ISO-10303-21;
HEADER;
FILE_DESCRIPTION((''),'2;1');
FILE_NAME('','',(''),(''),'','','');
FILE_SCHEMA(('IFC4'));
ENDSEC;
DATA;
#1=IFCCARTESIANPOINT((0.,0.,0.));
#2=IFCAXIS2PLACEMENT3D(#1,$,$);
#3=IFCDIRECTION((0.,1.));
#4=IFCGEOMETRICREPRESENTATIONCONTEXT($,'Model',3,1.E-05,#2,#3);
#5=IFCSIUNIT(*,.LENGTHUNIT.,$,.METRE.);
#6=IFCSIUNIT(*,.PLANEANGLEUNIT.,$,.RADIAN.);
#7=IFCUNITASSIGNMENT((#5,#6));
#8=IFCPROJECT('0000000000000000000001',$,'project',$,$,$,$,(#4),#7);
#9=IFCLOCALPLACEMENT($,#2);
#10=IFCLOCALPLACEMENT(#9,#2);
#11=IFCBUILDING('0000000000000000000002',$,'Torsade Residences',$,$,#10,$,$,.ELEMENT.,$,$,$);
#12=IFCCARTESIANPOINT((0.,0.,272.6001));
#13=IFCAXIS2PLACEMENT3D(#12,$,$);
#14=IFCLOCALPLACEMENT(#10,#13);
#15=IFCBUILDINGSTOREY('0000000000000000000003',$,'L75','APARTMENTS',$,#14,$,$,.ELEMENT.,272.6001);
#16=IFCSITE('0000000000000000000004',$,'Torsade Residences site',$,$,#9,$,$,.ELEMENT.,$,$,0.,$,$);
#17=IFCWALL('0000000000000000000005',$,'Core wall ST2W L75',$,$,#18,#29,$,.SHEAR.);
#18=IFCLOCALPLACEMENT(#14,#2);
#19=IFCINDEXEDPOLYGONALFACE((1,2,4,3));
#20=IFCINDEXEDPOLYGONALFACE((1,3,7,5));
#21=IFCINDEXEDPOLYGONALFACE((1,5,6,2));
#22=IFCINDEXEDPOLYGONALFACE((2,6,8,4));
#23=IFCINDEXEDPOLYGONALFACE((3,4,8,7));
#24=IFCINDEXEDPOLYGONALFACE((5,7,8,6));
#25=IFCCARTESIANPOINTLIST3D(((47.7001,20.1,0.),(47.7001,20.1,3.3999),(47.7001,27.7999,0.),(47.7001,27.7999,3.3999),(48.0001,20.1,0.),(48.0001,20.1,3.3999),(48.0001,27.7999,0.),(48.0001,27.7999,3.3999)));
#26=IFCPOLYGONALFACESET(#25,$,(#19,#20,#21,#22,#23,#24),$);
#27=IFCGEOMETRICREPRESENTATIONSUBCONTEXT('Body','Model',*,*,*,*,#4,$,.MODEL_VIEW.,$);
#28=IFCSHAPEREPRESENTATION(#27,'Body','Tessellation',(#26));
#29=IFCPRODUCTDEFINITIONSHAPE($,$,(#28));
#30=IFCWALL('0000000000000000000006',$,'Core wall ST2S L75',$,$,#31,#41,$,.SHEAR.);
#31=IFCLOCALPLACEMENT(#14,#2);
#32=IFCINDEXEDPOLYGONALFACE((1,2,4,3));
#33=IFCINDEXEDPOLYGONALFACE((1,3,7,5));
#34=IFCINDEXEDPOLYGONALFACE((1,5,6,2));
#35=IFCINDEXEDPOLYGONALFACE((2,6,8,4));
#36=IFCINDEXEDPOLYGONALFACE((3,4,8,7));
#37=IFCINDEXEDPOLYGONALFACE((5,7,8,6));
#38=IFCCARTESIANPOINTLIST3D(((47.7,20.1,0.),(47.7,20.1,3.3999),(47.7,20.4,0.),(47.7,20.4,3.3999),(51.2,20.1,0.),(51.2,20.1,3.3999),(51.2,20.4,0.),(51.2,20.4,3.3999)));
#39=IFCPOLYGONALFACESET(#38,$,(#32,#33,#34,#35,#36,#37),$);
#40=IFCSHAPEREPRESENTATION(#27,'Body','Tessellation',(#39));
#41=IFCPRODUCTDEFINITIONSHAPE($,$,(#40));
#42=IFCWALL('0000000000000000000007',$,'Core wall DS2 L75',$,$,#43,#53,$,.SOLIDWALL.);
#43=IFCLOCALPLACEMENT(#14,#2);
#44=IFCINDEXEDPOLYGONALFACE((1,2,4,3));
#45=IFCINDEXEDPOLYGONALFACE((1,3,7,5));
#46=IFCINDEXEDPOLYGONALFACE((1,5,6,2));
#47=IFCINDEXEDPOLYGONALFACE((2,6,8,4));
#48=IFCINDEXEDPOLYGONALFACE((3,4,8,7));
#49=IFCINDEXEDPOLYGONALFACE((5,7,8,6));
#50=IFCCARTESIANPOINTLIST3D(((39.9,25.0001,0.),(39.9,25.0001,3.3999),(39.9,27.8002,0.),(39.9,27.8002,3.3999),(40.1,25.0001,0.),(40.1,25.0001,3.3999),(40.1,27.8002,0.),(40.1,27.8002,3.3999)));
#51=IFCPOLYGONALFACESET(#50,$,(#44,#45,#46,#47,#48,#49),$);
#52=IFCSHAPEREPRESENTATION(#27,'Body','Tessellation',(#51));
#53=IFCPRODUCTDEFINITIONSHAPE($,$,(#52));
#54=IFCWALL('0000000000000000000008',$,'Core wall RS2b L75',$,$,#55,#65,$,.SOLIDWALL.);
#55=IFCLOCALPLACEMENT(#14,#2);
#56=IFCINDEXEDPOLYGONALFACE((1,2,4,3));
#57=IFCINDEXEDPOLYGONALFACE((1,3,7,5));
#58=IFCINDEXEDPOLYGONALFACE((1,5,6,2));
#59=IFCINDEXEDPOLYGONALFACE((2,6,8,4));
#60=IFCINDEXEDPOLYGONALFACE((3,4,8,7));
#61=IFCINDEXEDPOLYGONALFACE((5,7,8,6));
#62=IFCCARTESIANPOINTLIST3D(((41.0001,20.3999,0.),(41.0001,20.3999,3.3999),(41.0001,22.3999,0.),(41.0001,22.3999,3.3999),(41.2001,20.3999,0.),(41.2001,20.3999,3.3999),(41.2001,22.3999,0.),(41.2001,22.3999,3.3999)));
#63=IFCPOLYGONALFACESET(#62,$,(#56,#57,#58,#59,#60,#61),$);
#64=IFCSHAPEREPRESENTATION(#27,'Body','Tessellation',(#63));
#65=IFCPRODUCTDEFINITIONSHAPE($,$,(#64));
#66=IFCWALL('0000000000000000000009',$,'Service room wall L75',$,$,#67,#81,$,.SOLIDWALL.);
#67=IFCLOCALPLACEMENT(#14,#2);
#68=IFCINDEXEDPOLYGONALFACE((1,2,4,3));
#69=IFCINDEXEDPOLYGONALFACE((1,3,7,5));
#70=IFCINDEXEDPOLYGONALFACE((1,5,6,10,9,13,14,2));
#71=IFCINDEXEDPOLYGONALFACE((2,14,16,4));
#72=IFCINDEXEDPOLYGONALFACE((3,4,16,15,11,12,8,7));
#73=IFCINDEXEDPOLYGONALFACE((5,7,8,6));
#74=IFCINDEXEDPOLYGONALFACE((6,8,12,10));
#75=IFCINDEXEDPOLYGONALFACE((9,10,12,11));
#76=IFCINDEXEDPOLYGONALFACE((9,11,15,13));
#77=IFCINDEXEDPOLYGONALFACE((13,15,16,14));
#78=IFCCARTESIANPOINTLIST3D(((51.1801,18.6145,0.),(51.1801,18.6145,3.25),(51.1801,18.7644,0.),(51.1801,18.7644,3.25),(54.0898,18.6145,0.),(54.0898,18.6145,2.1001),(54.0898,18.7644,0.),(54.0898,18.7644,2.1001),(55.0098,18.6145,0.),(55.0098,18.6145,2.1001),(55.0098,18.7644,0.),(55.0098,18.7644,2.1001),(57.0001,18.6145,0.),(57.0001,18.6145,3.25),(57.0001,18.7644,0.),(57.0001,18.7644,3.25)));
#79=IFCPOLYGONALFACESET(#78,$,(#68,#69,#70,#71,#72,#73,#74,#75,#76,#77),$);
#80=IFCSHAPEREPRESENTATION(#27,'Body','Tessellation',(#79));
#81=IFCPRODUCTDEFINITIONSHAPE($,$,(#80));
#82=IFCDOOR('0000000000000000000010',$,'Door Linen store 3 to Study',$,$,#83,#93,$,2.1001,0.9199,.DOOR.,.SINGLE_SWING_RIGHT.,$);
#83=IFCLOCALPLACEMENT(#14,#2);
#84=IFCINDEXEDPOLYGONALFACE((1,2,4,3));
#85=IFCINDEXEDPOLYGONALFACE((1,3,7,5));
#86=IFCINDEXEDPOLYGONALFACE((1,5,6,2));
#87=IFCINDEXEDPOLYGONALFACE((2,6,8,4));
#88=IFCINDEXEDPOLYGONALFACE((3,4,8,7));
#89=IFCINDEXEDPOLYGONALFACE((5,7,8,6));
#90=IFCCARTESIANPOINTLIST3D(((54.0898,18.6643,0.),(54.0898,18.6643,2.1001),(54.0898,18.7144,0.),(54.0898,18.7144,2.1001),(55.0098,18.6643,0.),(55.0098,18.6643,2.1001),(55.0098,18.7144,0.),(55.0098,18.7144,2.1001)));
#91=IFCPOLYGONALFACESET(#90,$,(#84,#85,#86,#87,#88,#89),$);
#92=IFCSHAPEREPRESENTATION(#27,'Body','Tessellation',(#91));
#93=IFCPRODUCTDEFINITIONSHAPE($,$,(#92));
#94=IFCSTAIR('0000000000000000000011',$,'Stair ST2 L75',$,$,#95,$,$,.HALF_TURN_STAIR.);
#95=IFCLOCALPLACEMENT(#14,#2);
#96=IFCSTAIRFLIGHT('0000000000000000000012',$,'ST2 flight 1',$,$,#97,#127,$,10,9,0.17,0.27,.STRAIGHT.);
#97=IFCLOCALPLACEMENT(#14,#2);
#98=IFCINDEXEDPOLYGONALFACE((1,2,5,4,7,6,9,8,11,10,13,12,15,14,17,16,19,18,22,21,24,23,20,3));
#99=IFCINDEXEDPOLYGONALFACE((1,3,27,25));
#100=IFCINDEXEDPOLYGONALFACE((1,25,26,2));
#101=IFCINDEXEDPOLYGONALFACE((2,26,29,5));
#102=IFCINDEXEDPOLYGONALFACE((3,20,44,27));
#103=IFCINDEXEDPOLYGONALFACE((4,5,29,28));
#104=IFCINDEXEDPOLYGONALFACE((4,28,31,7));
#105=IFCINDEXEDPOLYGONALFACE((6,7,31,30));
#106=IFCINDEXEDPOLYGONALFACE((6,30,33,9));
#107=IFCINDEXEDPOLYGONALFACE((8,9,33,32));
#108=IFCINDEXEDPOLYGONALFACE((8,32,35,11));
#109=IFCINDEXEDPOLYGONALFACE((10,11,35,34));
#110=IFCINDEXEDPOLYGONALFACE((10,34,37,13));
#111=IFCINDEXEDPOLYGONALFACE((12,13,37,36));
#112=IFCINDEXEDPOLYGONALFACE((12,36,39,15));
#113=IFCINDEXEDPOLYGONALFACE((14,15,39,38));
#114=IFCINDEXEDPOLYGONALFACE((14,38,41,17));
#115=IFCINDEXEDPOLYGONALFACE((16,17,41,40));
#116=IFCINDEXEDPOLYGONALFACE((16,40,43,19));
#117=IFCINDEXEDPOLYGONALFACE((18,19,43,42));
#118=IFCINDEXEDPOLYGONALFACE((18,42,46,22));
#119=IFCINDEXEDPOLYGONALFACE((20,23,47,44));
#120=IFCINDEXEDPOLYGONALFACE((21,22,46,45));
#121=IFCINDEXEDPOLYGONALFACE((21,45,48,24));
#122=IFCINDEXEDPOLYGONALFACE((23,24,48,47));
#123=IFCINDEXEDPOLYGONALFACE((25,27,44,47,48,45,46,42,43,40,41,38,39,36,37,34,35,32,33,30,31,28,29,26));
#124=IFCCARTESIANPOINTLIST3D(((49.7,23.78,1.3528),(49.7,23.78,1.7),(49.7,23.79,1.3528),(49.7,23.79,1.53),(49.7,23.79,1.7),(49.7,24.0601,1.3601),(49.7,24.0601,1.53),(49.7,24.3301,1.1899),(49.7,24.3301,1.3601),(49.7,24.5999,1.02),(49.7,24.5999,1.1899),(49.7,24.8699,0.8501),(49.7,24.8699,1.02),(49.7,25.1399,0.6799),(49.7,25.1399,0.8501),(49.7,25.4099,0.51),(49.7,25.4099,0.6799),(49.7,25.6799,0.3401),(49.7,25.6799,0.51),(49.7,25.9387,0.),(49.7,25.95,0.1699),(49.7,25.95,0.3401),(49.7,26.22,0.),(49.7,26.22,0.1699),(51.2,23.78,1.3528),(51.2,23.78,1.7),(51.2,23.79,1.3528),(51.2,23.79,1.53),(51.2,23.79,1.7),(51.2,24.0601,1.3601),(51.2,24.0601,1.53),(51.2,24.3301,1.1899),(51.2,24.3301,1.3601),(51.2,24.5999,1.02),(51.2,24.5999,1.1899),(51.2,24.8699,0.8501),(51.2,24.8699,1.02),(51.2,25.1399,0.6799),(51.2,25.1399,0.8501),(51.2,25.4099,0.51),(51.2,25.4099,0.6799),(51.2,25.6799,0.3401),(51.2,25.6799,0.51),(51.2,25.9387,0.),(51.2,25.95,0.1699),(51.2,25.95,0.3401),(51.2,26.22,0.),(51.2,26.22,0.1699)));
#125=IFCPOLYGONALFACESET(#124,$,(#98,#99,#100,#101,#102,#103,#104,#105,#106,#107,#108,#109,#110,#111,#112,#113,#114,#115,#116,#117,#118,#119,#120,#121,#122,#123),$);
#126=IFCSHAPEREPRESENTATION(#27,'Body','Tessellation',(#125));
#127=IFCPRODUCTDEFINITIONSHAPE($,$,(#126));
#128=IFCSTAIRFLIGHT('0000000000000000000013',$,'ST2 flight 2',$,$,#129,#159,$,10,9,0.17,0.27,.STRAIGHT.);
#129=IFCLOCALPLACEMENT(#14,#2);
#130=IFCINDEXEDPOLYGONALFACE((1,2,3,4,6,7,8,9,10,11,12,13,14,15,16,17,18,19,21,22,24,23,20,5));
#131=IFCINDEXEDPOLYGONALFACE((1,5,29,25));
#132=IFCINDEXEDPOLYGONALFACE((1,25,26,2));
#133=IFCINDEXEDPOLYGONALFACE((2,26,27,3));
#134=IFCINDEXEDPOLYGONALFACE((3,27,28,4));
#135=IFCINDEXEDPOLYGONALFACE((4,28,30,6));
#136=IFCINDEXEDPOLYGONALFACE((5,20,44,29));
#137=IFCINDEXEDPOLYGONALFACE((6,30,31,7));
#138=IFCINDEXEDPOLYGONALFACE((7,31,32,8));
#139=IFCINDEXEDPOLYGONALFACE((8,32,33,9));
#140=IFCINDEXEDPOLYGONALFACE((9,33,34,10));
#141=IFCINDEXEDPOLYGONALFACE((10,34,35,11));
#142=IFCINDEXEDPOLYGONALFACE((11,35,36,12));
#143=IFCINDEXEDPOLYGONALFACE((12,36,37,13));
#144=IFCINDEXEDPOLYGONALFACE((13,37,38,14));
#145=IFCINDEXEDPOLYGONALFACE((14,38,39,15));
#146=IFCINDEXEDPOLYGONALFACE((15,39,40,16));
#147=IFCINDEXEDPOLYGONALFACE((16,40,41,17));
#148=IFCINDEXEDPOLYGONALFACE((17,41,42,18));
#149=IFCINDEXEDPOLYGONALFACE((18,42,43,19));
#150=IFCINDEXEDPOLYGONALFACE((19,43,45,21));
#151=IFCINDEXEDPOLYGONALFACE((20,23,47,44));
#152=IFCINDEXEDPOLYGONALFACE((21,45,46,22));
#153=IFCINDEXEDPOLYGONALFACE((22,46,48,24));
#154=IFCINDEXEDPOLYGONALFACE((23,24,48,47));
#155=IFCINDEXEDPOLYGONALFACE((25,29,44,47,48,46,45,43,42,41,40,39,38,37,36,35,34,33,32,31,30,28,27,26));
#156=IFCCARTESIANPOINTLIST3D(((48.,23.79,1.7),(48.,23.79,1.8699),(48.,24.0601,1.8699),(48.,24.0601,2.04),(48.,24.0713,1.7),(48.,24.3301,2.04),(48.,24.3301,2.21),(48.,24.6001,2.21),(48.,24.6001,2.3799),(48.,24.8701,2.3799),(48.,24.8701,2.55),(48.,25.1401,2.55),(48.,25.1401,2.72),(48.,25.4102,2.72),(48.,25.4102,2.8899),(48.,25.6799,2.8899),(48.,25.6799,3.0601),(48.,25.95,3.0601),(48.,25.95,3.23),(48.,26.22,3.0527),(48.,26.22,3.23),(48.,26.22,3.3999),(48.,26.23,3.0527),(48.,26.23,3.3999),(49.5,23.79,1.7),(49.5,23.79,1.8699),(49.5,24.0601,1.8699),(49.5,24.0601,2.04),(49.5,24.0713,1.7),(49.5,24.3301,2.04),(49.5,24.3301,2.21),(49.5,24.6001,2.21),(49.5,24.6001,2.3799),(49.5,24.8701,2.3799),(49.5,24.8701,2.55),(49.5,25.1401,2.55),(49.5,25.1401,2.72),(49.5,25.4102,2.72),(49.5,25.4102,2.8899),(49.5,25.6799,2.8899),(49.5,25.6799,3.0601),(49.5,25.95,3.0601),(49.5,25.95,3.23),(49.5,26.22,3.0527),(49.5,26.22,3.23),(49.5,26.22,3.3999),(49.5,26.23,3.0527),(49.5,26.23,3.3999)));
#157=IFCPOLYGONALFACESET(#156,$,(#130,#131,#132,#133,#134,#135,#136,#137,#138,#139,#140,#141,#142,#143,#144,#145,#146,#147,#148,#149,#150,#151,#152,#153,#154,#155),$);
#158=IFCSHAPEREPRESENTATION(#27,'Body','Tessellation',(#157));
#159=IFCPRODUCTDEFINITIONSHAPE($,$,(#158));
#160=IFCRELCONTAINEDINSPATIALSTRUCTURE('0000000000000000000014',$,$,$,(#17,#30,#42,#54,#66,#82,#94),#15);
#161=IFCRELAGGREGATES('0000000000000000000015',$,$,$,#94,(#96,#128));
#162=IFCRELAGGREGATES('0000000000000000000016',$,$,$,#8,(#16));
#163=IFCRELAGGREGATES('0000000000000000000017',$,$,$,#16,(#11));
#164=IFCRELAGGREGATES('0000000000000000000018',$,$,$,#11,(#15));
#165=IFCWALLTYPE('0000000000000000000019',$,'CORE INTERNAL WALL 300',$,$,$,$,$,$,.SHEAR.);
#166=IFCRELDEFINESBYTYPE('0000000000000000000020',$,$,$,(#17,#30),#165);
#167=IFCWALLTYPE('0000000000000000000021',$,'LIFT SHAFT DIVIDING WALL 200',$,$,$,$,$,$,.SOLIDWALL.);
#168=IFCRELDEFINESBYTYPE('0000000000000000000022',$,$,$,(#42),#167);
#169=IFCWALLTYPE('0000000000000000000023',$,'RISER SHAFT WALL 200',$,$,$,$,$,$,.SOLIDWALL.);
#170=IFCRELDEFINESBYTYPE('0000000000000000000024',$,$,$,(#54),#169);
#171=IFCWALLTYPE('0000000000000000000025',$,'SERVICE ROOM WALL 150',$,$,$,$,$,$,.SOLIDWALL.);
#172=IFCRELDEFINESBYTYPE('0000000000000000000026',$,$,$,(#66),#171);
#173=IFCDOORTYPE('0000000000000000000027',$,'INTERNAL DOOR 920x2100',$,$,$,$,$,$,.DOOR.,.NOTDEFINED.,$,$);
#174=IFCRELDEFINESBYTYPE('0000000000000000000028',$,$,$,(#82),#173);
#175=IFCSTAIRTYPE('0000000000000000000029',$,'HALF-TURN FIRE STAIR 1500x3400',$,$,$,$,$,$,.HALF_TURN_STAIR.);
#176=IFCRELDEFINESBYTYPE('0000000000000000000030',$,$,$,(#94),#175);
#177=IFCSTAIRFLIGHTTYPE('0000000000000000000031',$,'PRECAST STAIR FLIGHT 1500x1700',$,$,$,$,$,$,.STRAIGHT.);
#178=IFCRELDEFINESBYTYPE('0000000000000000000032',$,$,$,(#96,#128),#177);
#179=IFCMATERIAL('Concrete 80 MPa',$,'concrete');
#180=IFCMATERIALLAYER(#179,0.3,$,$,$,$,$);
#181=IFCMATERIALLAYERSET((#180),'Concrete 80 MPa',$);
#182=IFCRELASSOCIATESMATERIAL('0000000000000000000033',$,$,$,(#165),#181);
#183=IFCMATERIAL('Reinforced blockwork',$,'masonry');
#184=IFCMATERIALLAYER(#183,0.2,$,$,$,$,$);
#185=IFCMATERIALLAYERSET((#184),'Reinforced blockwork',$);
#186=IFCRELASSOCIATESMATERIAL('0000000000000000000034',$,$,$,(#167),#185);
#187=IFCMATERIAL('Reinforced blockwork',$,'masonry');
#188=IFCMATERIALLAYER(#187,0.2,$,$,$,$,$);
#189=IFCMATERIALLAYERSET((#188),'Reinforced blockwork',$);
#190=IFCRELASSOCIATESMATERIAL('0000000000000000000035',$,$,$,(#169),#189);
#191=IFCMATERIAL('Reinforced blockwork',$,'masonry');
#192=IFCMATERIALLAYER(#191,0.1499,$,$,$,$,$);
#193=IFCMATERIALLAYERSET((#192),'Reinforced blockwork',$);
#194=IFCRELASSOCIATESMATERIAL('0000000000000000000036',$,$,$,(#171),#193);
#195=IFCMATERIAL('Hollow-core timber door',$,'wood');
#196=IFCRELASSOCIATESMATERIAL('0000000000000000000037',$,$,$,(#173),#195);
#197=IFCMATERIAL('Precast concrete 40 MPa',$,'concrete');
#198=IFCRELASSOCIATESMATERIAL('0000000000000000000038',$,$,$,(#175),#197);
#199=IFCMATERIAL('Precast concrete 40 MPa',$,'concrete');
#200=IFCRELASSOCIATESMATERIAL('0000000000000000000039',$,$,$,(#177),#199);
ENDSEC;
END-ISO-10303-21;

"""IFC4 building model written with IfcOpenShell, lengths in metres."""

from ifc_helpers import new_model, si_unit, direction, frame, frame_2d, origin, place, context, subcontext, project, spatial, polyline, rectangle, outline, extrude, material, layer, layer_set, type_object, element, fill, aggregate, save


model = new_model("IFC4")

# Units and contexts
model_context = context("Model", 3, precision=1e-05, world=origin(), true_north=direction((0.0, 1.0)))
body_context = subcontext(model_context, "Body", "Model", "MODEL_VIEW")
ifc_project = project(units=[si_unit("LENGTHUNIT", "METRE"), si_unit("PLANEANGLEUNIT", "RADIAN")], contexts=[model_context])

# Site, building, storey
site_placement = place(None, origin())
site = spatial("IfcSite", under=ifc_project, at=site_placement, Name="Torsade Residences site", CompositionType="ELEMENT", RefElevation=0.0)
building_placement = place(site_placement, origin())
building = spatial("IfcBuilding", under=site, at=building_placement, Name="Torsade Residences", CompositionType="ELEMENT")
storey_placement = place(building_placement, frame((0.0, 0.0, 272.6001)))
storey = spatial("IfcBuildingStorey", under=building, at=storey_placement, Name="L75", Description="APARTMENTS", CompositionType="ELEMENT", Elevation=272.6001)

# Shared definitions
ifc_material_1 = material(Name="Concrete 80 MPa", Category="concrete")
ifc_layer_1 = layer(ifc_material_1, 0.3)
ifc_layer_set_1 = layer_set([ifc_layer_1], Name="Concrete 80 MPa")
wall_type_1 = type_object("IfcWallType", Name="CORE INTERNAL WALL 300", PredefinedType="SHEAR", material=ifc_layer_set_1)

# Walls
wall_1_placement = place(storey_placement, frame((47.8501, 27.8, 0.0), z_axis=(0.0, 0.0, 1.0), x_axis=(0.0, -1.0, 0.0)))
element("IfcWall", 1, at=wall_1_placement, inside=storey, type_object=wall_type_1, Name="Core wall ST2W L75", PredefinedType="SHEAR", context=body_context, shape_type="SweptSolid", body=[
    extrude(rectangle(XDim=7.7, YDim=0.3, at=frame_2d((3.8501, 0.0))), origin(), (0.0, 0.0, 1.0), 3.3999),
])
wall_2_placement = place(storey_placement, frame((51.2, 20.25, 0.0), z_axis=(0.0, 0.0, 1.0), x_axis=(-1.0, 0.0, 0.0)))
element("IfcWall", 2, at=wall_2_placement, inside=storey, type_object=wall_type_1, Name="Core wall ST2S L75", PredefinedType="SHEAR", context=body_context, shape_type="SweptSolid", body=[
    extrude(rectangle(XDim=3.5, YDim=0.3, at=frame_2d((1.75, 0.0))), origin(), (0.0, 0.0, 1.0), 3.3999),
])
ifc_material_2 = material(Name="Reinforced blockwork", Category="masonry")
ifc_layer_2 = layer(ifc_material_2, 0.2)
ifc_layer_set_2 = layer_set([ifc_layer_2], Name="Reinforced blockwork")
wall_type_2 = type_object("IfcWallType", Name="LIFT SHAFT DIVIDING WALL 200", PredefinedType="SOLIDWALL", material=ifc_layer_set_2)
wall_3_placement = place(storey_placement, frame((40.0, 27.8, 0.0), z_axis=(0.0, 0.0, 1.0), x_axis=(0.0, -1.0, 0.0)))
element("IfcWall", 3, at=wall_3_placement, inside=storey, type_object=wall_type_2, Name="Core wall DS2 L75", PredefinedType="SOLIDWALL", context=body_context, shape_type="SweptSolid", body=[
    extrude(rectangle(XDim=2.8, YDim=0.2, at=frame_2d((1.3999, 0.0))), origin(), (0.0, 0.0, 1.0), 3.3999),
])
ifc_material_3 = material(Name="Reinforced blockwork", Category="masonry")
ifc_layer_3 = layer(ifc_material_3, 0.2)
ifc_layer_set_3 = layer_set([ifc_layer_3], Name="Reinforced blockwork")
wall_type_3 = type_object("IfcWallType", Name="RISER SHAFT WALL 200", PredefinedType="SOLIDWALL", material=ifc_layer_set_3)
wall_4_placement = place(storey_placement, frame((41.1001, 22.3999, 0.0), z_axis=(0.0, 0.0, 1.0), x_axis=(0.0, -1.0, 0.0)))
element("IfcWall", 4, at=wall_4_placement, inside=storey, type_object=wall_type_3, Name="Core wall RS2b L75", PredefinedType="SOLIDWALL", context=body_context, shape_type="SweptSolid", body=[
    extrude(rectangle(XDim=2.0, YDim=0.2, at=frame_2d((1.0, 0.0))), origin(), (0.0, 0.0, 1.0), 3.3999),
])

# Wall, opening, door
ifc_material_4 = material(Name="Reinforced blockwork", Category="masonry")
ifc_layer_4 = layer(ifc_material_4, 0.1499)
ifc_layer_set_4 = layer_set([ifc_layer_4], Name="Reinforced blockwork")
wall_type_4 = type_object("IfcWallType", Name="SERVICE ROOM WALL 150", PredefinedType="SOLIDWALL", material=ifc_layer_set_4)
wall_5_placement = place(storey_placement, frame((51.1799, 18.6895, 0.0), z_axis=(0.0, 0.0, 1.0), x_axis=(1.0, 0.0, 0.0)))
wall_5 = element("IfcWall", 5, at=wall_5_placement, inside=storey, type_object=wall_type_4, Name="Service room wall L75", PredefinedType="SOLIDWALL", context=body_context, shape_type="SweptSolid", body=[
    extrude(rectangle(XDim=5.8201, YDim=0.1499, at=frame_2d((2.9102, 0.0))), origin(), (0.0, 0.0, 1.0), 3.25),
])
opening_1_placement = place(wall_5_placement, frame((2.9099, 0.0, 0.0)))
opening_1 = element("IfcOpeningElement", 6, at=opening_1_placement, cuts=wall_5, PredefinedType="OPENING", context=body_context, shape_type="SweptSolid", body=[
    extrude(rectangle(XDim=0.9199, YDim=2.1001, at=frame_2d((0.46, 1.05))), frame((0.0, 0.085, 0.0), z_axis=(0.0, -1.0, 0.0), x_axis=(1.0, 0.0, 0.0)), (0.0, 0.0, 1.0), 0.1699),
])
ifc_material_5 = material(Name="Hollow-core timber door", Category="wood")
door_type_1 = type_object("IfcDoorType", Name="INTERNAL DOOR 920x2100", OperationType="NOTDEFINED", PredefinedType="DOOR", material=ifc_material_5)
door_1_placement = place(opening_1_placement, origin())
door_1 = element("IfcDoor", 7, at=door_1_placement, inside=storey, type_object=door_type_1, Name="Door Linen store 3 to Study", OperationType="SINGLE_SWING_RIGHT", OverallHeight=2.1001, OverallWidth=0.9199, PredefinedType="DOOR", context=body_context, shape_type="SweptSolid", body=[
    extrude(rectangle(XDim=0.9199, YDim=2.1001, at=frame_2d((0.46, 1.05))), frame((0.0, 0.0249, 0.0), z_axis=(0.0, -1.0, 0.0), x_axis=(1.0, 0.0, 0.0)), (0.0, 0.0, 1.0), 0.05),
])
fill(opening_1, door_1)

# Stair, stair flights
ifc_material_6 = material(Name="Precast concrete 40 MPa", Category="concrete")
stair_type = type_object("IfcStairType", Name="HALF-TURN FIRE STAIR 1500x3400", PredefinedType="HALF_TURN_STAIR", material=ifc_material_6)
stair_placement = place(storey_placement, origin())
stair = element("IfcStair", 8, at=stair_placement, inside=storey, type_object=stair_type, Name="Stair ST2 L75", PredefinedType="HALF_TURN_STAIR")
ifc_material_7 = material(Name="Precast concrete 40 MPa", Category="concrete")
stair_flight_type = type_object("IfcStairFlightType", Name="PRECAST STAIR FLIGHT 1500x1700", PredefinedType="STRAIGHT", material=ifc_material_7)
stair_flight_1_placement = place(storey_placement, frame((50.45, 26.22, 0.0), z_axis=(0.0, 0.0, 1.0), x_axis=(0.0, -1.0, 0.0)))
stair_flight_1 = element("IfcStairFlight", 9, at=stair_flight_1_placement, type_object=stair_flight_type, Name="ST2 flight 1", NumberOfRisers=10, NumberOfTreads=9, PredefinedType="STRAIGHT", RiserHeight=0.17, TreadLength=0.27, context=body_context, shape_type="SweptSolid", body=[
    extrude(outline(polyline([(0.0, 0.0), (0.0, 0.1699), (0.27, 0.1699), (0.27, 0.3401), (0.54, 0.3401), (0.54, 0.51), (0.8101, 0.51), (0.8101, 0.6799), (1.0801, 0.6799), (1.0801, 0.8501), (1.3501, 0.8501), (1.3501, 1.02), (1.6201, 1.02), (1.6201, 1.1899), (1.8899, 1.1899), (1.8899, 1.3601), (2.1599, 1.3601), (2.1599, 1.53), (2.4299, 1.53), (2.4299, 1.7), (2.4399, 1.7), (2.4399, 1.3528), (2.4299, 1.3528), (0.2812, 0.0), (0.0, 0.0)])), frame((0.0, 0.75, 0.0), z_axis=(0.0, -1.0, 0.0), x_axis=(1.0, 0.0, 0.0)), (0.0, 0.0, 1.0), 1.5),
])
stair_flight_2_placement = place(storey_placement, frame((48.75, 23.79, 1.7), z_axis=(0.0, 0.0, 1.0), x_axis=(0.0, 1.0, 0.0)))
stair_flight_2 = element("IfcStairFlight", 10, at=stair_flight_2_placement, type_object=stair_flight_type, Name="ST2 flight 2", NumberOfRisers=10, NumberOfTreads=9, PredefinedType="STRAIGHT", RiserHeight=0.17, TreadLength=0.27, context=body_context, shape_type="SweptSolid", body=[
    extrude(outline(polyline([(0.0, 0.0), (0.0, 0.1699), (0.27, 0.1699), (0.27, 0.3401), (0.54, 0.3401), (0.54, 0.51), (0.8101, 0.51), (0.8101, 0.6799), (1.0801, 0.6799), (1.0801, 0.8501), (1.3501, 0.8501), (1.3501, 1.02), (1.6201, 1.02), (1.6201, 1.1899), (1.8899, 1.1899), (1.8899, 1.3601), (2.1599, 1.3601), (2.1599, 1.53), (2.4299, 1.53), (2.4299, 1.7), (2.4399, 1.7), (2.4399, 1.3528), (2.4299, 1.3528), (0.2812, 0.0), (0.0, 0.0)])), frame((0.0, 0.75, 0.0), z_axis=(0.0, -1.0, 0.0), x_axis=(1.0, 0.0, 0.0)), (0.0, 0.0, 1.0), 1.5),
])
aggregate(stair, [stair_flight_1, stair_flight_2])

save(model, "model.ifc")
